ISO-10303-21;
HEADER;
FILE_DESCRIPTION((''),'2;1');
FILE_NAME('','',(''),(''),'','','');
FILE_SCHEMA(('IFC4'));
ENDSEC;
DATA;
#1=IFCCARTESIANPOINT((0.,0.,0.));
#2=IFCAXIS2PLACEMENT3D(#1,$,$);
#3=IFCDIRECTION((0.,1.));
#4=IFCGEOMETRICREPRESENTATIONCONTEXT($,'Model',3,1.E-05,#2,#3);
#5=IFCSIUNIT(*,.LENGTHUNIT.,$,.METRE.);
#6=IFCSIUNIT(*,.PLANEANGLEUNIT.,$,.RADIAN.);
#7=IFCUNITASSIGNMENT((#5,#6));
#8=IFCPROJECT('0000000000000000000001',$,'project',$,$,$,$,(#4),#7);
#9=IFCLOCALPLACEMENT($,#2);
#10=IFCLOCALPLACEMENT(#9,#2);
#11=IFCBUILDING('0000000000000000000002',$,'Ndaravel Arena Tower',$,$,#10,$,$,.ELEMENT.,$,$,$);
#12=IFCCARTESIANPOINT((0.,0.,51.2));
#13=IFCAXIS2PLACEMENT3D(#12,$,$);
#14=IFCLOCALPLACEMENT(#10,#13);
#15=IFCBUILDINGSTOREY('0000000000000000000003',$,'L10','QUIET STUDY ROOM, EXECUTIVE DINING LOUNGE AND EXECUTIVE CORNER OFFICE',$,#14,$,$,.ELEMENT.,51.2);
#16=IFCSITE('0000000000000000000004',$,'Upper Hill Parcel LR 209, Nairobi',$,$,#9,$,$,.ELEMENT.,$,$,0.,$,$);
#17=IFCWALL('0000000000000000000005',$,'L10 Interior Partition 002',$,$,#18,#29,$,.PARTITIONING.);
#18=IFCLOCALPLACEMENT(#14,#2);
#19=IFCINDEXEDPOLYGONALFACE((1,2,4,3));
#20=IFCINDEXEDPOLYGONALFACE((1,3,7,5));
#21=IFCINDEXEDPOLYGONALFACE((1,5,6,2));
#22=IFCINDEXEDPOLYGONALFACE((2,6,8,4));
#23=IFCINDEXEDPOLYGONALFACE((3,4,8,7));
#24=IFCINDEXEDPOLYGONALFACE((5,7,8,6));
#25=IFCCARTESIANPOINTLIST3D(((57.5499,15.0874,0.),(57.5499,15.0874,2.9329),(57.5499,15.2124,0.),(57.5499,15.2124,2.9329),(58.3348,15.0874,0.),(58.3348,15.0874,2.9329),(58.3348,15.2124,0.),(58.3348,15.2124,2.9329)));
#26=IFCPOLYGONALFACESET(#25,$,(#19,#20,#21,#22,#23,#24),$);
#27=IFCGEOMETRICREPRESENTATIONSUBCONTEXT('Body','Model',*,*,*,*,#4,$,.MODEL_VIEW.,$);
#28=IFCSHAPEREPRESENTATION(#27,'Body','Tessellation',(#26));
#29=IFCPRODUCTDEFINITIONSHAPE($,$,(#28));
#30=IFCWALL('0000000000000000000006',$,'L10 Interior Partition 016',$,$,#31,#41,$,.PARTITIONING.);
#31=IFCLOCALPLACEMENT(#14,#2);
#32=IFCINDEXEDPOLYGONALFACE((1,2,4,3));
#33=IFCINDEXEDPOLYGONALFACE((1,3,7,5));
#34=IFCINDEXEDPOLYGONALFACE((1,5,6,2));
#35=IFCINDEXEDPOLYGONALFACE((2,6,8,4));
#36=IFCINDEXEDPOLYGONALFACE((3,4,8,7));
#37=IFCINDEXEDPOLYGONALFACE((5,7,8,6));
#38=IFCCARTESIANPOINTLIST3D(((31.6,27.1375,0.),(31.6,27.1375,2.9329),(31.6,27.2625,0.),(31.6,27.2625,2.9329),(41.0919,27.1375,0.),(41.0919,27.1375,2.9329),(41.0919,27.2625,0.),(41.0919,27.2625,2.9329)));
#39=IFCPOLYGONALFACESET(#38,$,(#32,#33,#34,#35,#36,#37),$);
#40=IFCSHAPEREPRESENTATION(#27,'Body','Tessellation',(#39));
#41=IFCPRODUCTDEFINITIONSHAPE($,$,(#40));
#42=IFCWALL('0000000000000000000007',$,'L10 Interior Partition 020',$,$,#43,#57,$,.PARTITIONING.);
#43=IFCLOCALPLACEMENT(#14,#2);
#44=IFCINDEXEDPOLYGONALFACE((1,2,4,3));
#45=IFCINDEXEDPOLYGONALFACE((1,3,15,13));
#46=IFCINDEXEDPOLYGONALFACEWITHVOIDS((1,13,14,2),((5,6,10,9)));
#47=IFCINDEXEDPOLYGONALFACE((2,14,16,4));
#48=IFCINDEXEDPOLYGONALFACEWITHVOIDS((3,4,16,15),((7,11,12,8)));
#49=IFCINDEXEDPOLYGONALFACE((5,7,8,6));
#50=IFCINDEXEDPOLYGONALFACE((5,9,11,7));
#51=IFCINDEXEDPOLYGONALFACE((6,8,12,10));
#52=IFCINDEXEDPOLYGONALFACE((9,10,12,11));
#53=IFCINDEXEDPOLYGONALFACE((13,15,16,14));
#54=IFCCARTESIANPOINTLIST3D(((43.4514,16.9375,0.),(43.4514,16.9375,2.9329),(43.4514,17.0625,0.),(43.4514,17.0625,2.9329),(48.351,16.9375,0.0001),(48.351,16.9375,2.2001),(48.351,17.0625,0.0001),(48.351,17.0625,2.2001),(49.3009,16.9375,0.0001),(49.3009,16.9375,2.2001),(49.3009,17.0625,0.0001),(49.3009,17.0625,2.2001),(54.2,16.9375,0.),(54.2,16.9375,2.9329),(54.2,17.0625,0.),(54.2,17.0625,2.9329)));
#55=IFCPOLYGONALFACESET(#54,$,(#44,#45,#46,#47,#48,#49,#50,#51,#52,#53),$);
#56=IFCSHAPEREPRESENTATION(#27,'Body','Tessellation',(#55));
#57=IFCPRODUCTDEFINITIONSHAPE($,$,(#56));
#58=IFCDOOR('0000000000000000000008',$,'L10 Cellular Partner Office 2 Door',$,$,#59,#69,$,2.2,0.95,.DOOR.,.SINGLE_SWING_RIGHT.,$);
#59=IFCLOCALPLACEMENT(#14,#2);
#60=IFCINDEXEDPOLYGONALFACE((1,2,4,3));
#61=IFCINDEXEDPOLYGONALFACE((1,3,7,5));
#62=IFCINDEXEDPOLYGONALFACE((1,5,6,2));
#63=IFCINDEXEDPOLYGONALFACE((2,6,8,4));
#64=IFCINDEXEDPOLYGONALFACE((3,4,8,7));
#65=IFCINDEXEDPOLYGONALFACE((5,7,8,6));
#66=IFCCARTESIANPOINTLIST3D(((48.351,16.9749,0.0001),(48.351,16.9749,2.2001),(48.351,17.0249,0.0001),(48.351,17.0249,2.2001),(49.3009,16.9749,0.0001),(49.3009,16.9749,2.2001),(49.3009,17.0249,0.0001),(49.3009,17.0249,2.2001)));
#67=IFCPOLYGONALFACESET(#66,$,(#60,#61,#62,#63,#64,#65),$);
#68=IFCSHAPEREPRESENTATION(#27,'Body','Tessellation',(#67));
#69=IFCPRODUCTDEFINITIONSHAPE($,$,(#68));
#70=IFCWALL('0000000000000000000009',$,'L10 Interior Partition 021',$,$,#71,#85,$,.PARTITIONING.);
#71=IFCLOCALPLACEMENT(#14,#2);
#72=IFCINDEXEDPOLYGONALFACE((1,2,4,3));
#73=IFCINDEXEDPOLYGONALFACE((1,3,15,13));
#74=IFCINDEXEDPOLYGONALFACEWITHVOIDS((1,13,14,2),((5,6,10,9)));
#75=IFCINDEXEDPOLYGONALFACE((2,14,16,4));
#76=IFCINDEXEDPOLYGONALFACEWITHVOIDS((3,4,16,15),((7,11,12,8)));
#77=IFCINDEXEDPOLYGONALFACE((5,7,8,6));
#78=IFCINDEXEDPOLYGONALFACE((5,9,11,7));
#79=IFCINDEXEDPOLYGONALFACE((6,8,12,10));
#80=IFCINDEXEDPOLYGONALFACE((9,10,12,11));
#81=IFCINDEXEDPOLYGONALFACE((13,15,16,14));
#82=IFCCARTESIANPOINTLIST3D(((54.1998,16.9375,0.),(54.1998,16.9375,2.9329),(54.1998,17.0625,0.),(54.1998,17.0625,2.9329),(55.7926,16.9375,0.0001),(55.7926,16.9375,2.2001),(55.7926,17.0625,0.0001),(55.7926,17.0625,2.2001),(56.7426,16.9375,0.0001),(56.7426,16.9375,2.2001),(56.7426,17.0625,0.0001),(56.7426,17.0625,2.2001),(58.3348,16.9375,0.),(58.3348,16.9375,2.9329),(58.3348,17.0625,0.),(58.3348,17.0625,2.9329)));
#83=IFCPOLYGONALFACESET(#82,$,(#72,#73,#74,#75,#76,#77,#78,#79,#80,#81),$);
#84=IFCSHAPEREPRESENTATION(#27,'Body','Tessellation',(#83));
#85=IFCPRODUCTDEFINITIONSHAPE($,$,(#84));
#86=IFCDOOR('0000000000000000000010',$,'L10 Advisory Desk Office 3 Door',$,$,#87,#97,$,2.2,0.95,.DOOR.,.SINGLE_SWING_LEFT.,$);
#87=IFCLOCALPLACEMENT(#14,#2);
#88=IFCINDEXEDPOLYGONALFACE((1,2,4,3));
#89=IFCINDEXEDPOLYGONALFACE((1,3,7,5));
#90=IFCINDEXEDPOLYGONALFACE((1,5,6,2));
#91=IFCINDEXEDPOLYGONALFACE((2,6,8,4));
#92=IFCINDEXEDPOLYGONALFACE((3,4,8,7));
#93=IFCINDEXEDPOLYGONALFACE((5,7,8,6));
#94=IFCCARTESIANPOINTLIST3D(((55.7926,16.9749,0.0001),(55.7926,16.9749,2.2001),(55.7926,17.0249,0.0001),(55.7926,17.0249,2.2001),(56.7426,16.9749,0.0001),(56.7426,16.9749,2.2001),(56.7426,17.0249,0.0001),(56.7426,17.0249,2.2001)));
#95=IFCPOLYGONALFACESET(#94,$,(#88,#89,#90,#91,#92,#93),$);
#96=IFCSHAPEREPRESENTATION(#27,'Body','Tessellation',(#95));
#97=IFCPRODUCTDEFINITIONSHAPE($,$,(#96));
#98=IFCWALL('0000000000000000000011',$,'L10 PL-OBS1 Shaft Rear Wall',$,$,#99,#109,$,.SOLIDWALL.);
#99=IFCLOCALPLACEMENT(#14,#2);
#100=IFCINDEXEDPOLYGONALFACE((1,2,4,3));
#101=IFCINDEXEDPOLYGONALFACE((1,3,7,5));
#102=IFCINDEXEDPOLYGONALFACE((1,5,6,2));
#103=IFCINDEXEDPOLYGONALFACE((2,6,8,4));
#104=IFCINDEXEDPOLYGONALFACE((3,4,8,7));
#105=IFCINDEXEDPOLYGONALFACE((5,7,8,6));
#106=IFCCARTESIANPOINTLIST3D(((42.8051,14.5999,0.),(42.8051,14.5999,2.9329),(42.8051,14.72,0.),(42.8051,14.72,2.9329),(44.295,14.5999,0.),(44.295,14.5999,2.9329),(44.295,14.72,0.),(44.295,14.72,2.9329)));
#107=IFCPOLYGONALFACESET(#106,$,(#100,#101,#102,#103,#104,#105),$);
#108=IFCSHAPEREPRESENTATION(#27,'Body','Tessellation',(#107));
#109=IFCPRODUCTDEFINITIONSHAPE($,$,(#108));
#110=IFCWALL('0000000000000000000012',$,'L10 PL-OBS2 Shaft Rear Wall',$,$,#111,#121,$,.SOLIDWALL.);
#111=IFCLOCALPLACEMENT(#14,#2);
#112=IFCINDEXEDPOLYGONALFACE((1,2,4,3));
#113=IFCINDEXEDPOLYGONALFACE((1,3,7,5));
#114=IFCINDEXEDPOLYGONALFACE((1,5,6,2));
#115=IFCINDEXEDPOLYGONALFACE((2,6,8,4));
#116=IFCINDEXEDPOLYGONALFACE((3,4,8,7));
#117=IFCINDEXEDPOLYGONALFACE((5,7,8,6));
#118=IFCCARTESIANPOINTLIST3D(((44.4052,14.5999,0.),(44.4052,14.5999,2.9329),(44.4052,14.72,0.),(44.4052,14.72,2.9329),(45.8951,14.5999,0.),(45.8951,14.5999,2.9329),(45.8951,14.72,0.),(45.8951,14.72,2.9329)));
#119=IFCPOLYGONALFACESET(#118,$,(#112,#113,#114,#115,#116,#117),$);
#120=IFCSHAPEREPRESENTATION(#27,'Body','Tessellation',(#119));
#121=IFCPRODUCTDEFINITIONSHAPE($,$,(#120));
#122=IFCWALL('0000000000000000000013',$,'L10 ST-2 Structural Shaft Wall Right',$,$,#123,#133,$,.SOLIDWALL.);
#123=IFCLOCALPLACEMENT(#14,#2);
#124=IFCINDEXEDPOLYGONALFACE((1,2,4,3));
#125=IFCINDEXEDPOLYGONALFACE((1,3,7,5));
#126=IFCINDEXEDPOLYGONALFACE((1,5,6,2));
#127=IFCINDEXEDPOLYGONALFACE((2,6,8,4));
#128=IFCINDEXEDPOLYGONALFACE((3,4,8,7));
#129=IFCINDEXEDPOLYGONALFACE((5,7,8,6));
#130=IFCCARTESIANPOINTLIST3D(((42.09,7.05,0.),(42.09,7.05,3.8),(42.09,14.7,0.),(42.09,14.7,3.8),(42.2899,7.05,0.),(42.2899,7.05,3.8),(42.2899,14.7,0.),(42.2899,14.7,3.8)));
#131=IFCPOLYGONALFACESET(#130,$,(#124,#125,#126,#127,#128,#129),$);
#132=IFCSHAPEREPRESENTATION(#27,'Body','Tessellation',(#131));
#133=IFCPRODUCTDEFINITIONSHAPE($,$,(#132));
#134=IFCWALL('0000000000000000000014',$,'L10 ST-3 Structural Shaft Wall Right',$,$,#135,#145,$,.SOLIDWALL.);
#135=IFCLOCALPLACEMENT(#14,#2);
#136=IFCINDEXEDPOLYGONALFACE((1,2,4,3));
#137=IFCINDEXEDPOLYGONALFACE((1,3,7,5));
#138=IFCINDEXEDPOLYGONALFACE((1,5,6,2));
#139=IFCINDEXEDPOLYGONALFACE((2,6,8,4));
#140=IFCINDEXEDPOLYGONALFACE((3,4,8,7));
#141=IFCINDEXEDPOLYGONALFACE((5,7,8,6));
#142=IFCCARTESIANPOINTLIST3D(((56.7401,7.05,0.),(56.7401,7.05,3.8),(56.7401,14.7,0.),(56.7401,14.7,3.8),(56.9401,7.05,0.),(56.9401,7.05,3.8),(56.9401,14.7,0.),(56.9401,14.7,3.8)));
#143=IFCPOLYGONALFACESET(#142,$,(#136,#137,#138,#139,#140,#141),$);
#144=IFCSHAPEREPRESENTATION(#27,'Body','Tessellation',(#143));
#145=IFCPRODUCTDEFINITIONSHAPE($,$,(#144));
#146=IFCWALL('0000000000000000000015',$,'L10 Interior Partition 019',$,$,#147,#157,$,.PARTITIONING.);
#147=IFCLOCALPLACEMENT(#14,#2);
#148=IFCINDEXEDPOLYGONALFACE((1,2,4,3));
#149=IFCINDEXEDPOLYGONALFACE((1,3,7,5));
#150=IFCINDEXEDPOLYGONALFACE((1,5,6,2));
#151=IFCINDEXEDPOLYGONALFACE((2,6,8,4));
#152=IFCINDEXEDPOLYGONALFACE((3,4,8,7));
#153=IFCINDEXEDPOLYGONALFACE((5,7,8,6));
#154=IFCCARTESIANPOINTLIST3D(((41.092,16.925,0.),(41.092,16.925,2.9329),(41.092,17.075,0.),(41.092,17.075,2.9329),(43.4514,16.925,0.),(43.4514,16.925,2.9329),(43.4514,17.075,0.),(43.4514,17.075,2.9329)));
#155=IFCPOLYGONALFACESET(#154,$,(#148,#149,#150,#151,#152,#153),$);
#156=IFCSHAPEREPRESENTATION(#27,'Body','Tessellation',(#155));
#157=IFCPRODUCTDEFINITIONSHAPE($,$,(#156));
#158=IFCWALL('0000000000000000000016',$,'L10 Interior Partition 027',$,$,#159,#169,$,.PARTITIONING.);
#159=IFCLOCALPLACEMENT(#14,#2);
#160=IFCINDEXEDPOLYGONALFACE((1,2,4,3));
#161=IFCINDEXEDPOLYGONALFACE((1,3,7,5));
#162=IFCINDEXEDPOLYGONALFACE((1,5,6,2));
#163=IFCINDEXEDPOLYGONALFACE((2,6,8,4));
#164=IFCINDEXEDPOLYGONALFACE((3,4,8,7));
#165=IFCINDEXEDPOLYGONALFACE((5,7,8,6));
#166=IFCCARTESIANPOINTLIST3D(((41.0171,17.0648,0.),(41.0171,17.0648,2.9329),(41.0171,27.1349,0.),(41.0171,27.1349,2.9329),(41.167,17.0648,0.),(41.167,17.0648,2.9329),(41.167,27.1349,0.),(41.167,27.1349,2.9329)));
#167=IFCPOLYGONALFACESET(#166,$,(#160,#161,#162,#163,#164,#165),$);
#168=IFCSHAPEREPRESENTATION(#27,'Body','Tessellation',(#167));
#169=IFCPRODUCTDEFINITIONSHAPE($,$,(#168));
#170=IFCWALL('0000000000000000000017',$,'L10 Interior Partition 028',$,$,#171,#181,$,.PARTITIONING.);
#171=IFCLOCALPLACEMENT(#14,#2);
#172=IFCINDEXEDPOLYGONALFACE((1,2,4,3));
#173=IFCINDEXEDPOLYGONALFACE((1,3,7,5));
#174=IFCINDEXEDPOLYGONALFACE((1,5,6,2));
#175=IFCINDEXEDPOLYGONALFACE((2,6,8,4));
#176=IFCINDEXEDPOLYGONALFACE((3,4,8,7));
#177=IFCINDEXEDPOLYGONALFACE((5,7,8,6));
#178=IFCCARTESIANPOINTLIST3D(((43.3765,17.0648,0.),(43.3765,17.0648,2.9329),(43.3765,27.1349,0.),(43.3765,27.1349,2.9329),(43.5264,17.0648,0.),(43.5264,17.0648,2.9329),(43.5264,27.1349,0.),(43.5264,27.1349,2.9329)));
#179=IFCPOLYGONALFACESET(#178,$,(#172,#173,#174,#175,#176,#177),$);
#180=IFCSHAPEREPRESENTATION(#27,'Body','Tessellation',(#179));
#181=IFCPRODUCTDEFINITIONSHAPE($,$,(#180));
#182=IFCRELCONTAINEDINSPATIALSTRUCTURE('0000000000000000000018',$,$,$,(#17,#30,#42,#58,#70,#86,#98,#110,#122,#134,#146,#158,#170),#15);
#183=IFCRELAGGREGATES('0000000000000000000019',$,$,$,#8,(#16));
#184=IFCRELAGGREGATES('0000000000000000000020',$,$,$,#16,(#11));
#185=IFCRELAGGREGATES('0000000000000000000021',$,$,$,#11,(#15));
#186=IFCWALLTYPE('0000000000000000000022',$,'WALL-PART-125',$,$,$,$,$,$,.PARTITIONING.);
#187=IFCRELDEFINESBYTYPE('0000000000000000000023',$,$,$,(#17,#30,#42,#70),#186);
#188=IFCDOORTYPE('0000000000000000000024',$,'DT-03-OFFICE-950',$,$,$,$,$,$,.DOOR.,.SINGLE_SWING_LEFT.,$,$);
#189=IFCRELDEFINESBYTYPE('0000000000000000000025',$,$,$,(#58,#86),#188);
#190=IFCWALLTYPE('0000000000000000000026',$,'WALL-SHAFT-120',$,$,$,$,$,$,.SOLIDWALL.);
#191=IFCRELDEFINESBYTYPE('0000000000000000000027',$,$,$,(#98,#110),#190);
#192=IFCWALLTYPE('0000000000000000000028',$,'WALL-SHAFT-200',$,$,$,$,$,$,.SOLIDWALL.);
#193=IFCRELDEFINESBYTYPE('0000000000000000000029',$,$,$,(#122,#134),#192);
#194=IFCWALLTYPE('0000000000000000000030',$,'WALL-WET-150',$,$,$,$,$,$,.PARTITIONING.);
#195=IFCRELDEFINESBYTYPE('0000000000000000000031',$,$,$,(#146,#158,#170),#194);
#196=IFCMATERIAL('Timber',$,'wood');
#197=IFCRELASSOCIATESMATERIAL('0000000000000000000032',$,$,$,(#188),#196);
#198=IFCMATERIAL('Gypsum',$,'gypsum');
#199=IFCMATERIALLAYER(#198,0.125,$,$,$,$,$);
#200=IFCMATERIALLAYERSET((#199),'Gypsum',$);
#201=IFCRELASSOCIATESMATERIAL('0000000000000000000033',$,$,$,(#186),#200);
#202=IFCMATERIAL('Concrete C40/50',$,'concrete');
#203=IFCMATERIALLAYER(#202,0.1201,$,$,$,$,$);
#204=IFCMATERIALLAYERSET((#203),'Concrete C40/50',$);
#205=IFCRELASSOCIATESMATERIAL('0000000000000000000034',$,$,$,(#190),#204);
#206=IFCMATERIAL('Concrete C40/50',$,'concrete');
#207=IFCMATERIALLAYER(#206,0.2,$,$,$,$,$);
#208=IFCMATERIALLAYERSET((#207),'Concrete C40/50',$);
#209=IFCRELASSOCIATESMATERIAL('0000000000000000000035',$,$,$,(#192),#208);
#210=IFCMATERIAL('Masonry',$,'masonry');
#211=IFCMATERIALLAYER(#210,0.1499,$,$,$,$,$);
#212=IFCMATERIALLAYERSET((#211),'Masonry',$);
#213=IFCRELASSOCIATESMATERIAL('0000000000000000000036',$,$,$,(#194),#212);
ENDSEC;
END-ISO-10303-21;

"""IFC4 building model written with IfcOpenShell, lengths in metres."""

from ifc_helpers import new_model, si_unit, direction, frame, frame_2d, origin, place, context, subcontext, project, spatial, rectangle, extrude, material, layer, layer_set, type_object, element, fill, save


model = new_model("IFC4")

# Units and contexts
model_context = context("Model", 3, precision=1e-05, world=origin(), true_north=direction((0.0, 1.0)))
body_context = subcontext(model_context, "Body", "Model", "MODEL_VIEW")
ifc_project = project(units=[si_unit("LENGTHUNIT", "METRE"), si_unit("PLANEANGLEUNIT", "RADIAN")], contexts=[model_context])

# Site, building, storey
site_placement = place(None, origin())
site = spatial("IfcSite", under=ifc_project, at=site_placement, Name="Upper Hill Parcel LR 209, Nairobi", CompositionType="ELEMENT", RefElevation=0.0)
building_placement = place(site_placement, origin())
building = spatial("IfcBuilding", under=site, at=building_placement, Name="Ndaravel Arena Tower", CompositionType="ELEMENT")
storey_placement = place(building_placement, frame((0.0, 0.0, 51.2)))
storey = spatial("IfcBuildingStorey", under=building, at=storey_placement, Name="L10", Description="QUIET STUDY ROOM, EXECUTIVE DINING LOUNGE AND EXECUTIVE CORNER OFFICE", CompositionType="ELEMENT", Elevation=51.2)

# Shared definitions
ifc_material_1 = material(Name="Timber", Category="wood")
door_type_1 = type_object("IfcDoorType", Name="DT-03-OFFICE-950", OperationType="SINGLE_SWING_LEFT", PredefinedType="DOOR", material=ifc_material_1)

# Walls
ifc_material_2 = material(Name="Gypsum", Category="gypsum")
ifc_layer_1 = layer(ifc_material_2, 0.125)
ifc_layer_set_1 = layer_set([ifc_layer_1], Name="Gypsum")
wall_type_1 = type_object("IfcWallType", Name="WALL-PART-125", PredefinedType="PARTITIONING", material=ifc_layer_set_1)
wall_1_placement = place(storey_placement, frame((58.335, 15.1499, 0.0), z_axis=(0.0, 0.0, 1.0), x_axis=(-1.0, 0.0, 0.0)))
element("IfcWall", 1, at=wall_1_placement, inside=storey, type_object=wall_type_1, Name="L10 Interior Partition 002", PredefinedType="PARTITIONING", context=body_context, shape_type="SweptSolid", body=[
    extrude(rectangle(XDim=0.7849, YDim=0.125, at=frame_2d((0.3926, 0.0))), origin(), (0.0, 0.0, 1.0), 2.9329),
])
wall_2_placement = place(storey_placement, frame((41.092, 27.2, 0.0), z_axis=(0.0, 0.0, 1.0), x_axis=(-1.0, 0.0, 0.0)))
element("IfcWall", 2, at=wall_2_placement, inside=storey, type_object=wall_type_1, Name="L10 Interior Partition 016", PredefinedType="PARTITIONING", context=body_context, shape_type="SweptSolid", body=[
    extrude(rectangle(XDim=9.4919, YDim=0.125, at=frame_2d((4.7461, 0.0))), origin(), (0.0, 0.0, 1.0), 2.9329),
])

# Walls, openings, doors
wall_3_placement = place(storey_placement, frame((43.4514, 17.0, 0.0), z_axis=(0.0, 0.0, 1.0), x_axis=(1.0, 0.0, 0.0)))
wall_3 = element("IfcWall", 3, at=wall_3_placement, inside=storey, type_object=wall_type_1, Name="L10 Interior Partition 020", PredefinedType="PARTITIONING", context=body_context, shape_type="SweptSolid", body=[
    extrude(rectangle(XDim=10.7485, YDim=0.125, at=frame_2d((5.3743, 0.0))), origin(), (0.0, 0.0, 1.0), 2.9329),
])
opening_1_placement = place(wall_3_placement, frame((4.8994, 0.0, 0.0)))
opening_1 = element("IfcOpeningElement", 4, at=opening_1_placement, cuts=wall_3, PredefinedType="OPENING", context=body_context, shape_type="SweptSolid", body=[
    extrude(rectangle(XDim=0.95, YDim=2.2, at=frame_2d((0.4751, 1.1001))), frame((0.0, 0.0625, 0.0), z_axis=(0.0, -1.0, 0.0), x_axis=(1.0, 0.0, 0.0)), (0.0, 0.0, 1.0), 0.125),
])
door_1_placement = place(opening_1_placement, origin())
door_1 = element("IfcDoor", 5, at=door_1_placement, inside=storey, type_object=door_type_1, Name="L10 Cellular Partner Office 2 Door", OperationType="SINGLE_SWING_RIGHT", OverallHeight=2.2, OverallWidth=0.95, PredefinedType="DOOR", context=body_context, shape_type="SweptSolid", body=[
    extrude(rectangle(XDim=0.95, YDim=2.2, at=frame_2d((0.4751, 1.1001))), frame((0.0, 0.0249, 0.0), z_axis=(0.0, -1.0, 0.0), x_axis=(1.0, 0.0, 0.0)), (0.0, 0.0, 1.0), 0.05),
])
fill(opening_1, door_1)
wall_4_placement = place(storey_placement, frame((54.2, 17.0, 0.0), z_axis=(0.0, 0.0, 1.0), x_axis=(1.0, 0.0, 0.0)))
wall_4 = element("IfcWall", 6, at=wall_4_placement, inside=storey, type_object=wall_type_1, Name="L10 Interior Partition 021", PredefinedType="PARTITIONING", context=body_context, shape_type="SweptSolid", body=[
    extrude(rectangle(XDim=4.135, YDim=0.125, at=frame_2d((2.0674, 0.0))), origin(), (0.0, 0.0, 1.0), 2.9329),
])
opening_2_placement = place(wall_4_placement, frame((1.5925, 0.0, 0.0)))
opening_2 = element("IfcOpeningElement", 7, at=opening_2_placement, cuts=wall_4, PredefinedType="OPENING", context=body_context, shape_type="SweptSolid", body=[
    extrude(rectangle(XDim=0.95, YDim=2.2, at=frame_2d((0.4751, 1.1001))), frame((0.0, 0.0625, 0.0), z_axis=(0.0, -1.0, 0.0), x_axis=(1.0, 0.0, 0.0)), (0.0, 0.0, 1.0), 0.125),
])
door_2_placement = place(opening_2_placement, origin())
door_2 = element("IfcDoor", 8, at=door_2_placement, inside=storey, type_object=door_type_1, Name="L10 Advisory Desk Office 3 Door", OperationType="SINGLE_SWING_LEFT", OverallHeight=2.2, OverallWidth=0.95, PredefinedType="DOOR", context=body_context, shape_type="SweptSolid", body=[
    extrude(rectangle(XDim=0.95, YDim=2.2, at=frame_2d((0.4751, 1.1001))), frame((0.0, 0.0249, 0.0), z_axis=(0.0, -1.0, 0.0), x_axis=(1.0, 0.0, 0.0)), (0.0, 0.0, 1.0), 0.05),
])
fill(opening_2, door_2)

# Walls
ifc_material_3 = material(Name="Concrete C40/50", Category="concrete")
ifc_layer_2 = layer(ifc_material_3, 0.1201)
ifc_layer_set_2 = layer_set([ifc_layer_2], Name="Concrete C40/50")
wall_type_2 = type_object("IfcWallType", Name="WALL-SHAFT-120", PredefinedType="SOLIDWALL", material=ifc_layer_set_2)
for number, where, z_axis, x_axis, name in (
    (9, (42.8049, 14.6599, 0.0), (0.0, 0.0, 1.0), (1.0, 0.0, 0.0), "L10 PL-OBS1 Shaft Rear Wall"),
    (10, (44.405, 14.6599, 0.0), (0.0, 0.0, 1.0), (1.0, 0.0, 0.0), "L10 PL-OBS2 Shaft Rear Wall"),
):
    element("IfcWall", number, at=place(storey_placement, frame(where, z_axis=z_axis, x_axis=x_axis)), inside=storey, type_object=wall_type_2, Name=name, PredefinedType="SOLIDWALL", context=body_context, shape_type="SweptSolid", body=[
        extrude(rectangle(XDim=1.49, YDim=0.1201, at=frame_2d((0.7451, 0.0))), origin(), (0.0, 0.0, 1.0), 2.9329),
    ])
ifc_material_4 = material(Name="Concrete C40/50", Category="concrete")
ifc_layer_3 = layer(ifc_material_4, 0.2)
ifc_layer_set_3 = layer_set([ifc_layer_3], Name="Concrete C40/50")
wall_type_3 = type_object("IfcWallType", Name="WALL-SHAFT-200", PredefinedType="SOLIDWALL", material=ifc_layer_set_3)
for number, where, z_axis, x_axis, name in (
    (11, (42.1899, 14.7, 0.0), (0.0, 0.0, 1.0), (0.0, -1.0, 0.0), "L10 ST-2 Structural Shaft Wall Right"),
    (12, (56.8401, 14.7, 0.0), (0.0, 0.0, 1.0), (0.0, -1.0, 0.0), "L10 ST-3 Structural Shaft Wall Right"),
):
    element("IfcWall", number, at=place(storey_placement, frame(where, z_axis=z_axis, x_axis=x_axis)), inside=storey, type_object=wall_type_3, Name=name, PredefinedType="SOLIDWALL", context=body_context, shape_type="SweptSolid", body=[
        extrude(rectangle(XDim=7.6499, YDim=0.2, at=frame_2d((3.825, 0.0))), origin(), (0.0, 0.0, 1.0), 3.8),
    ])

# Shared definitions
ifc_material_5 = material(Name="Masonry", Category="masonry")
ifc_layer_4 = layer(ifc_material_5, 0.1499)
ifc_layer_set_4 = layer_set([ifc_layer_4], Name="Masonry")
wall_type_4 = type_object("IfcWallType", Name="WALL-WET-150", PredefinedType="PARTITIONING", material=ifc_layer_set_4)

# Walls
wall_5_placement = place(storey_placement, frame((41.092, 17.0, 0.0), z_axis=(0.0, 0.0, 1.0), x_axis=(1.0, 0.0, 0.0)))
element("IfcWall", 13, at=wall_5_placement, inside=storey, type_object=wall_type_4, Name="L10 Interior Partition 019", PredefinedType="PARTITIONING", context=body_context, shape_type="SweptSolid", body=[
    extrude(rectangle(XDim=2.3594, YDim=0.1499, at=frame_2d((1.1797, 0.0))), origin(), (0.0, 0.0, 1.0), 2.9329),
])
for number, where, z_axis, x_axis, name in (
    (14, (41.092, 27.135, 0.0), (0.0, 0.0, 1.0), (0.0, -1.0, 0.0), "L10 Interior Partition 027"),
    (15, (43.4514, 27.135, 0.0), (0.0, 0.0, 1.0), (0.0, -1.0, 0.0), "L10 Interior Partition 028"),
):
    element("IfcWall", number, at=place(storey_placement, frame(where, z_axis=z_axis, x_axis=x_axis)), inside=storey, type_object=wall_type_4, Name=name, PredefinedType="PARTITIONING", context=body_context, shape_type="SweptSolid", body=[
        extrude(rectangle(XDim=10.0701, YDim=0.1499, at=frame_2d((5.0352, 0.0))), origin(), (0.0, 0.0, 1.0), 2.9329),
    ])

save(model, "model.ifc")
